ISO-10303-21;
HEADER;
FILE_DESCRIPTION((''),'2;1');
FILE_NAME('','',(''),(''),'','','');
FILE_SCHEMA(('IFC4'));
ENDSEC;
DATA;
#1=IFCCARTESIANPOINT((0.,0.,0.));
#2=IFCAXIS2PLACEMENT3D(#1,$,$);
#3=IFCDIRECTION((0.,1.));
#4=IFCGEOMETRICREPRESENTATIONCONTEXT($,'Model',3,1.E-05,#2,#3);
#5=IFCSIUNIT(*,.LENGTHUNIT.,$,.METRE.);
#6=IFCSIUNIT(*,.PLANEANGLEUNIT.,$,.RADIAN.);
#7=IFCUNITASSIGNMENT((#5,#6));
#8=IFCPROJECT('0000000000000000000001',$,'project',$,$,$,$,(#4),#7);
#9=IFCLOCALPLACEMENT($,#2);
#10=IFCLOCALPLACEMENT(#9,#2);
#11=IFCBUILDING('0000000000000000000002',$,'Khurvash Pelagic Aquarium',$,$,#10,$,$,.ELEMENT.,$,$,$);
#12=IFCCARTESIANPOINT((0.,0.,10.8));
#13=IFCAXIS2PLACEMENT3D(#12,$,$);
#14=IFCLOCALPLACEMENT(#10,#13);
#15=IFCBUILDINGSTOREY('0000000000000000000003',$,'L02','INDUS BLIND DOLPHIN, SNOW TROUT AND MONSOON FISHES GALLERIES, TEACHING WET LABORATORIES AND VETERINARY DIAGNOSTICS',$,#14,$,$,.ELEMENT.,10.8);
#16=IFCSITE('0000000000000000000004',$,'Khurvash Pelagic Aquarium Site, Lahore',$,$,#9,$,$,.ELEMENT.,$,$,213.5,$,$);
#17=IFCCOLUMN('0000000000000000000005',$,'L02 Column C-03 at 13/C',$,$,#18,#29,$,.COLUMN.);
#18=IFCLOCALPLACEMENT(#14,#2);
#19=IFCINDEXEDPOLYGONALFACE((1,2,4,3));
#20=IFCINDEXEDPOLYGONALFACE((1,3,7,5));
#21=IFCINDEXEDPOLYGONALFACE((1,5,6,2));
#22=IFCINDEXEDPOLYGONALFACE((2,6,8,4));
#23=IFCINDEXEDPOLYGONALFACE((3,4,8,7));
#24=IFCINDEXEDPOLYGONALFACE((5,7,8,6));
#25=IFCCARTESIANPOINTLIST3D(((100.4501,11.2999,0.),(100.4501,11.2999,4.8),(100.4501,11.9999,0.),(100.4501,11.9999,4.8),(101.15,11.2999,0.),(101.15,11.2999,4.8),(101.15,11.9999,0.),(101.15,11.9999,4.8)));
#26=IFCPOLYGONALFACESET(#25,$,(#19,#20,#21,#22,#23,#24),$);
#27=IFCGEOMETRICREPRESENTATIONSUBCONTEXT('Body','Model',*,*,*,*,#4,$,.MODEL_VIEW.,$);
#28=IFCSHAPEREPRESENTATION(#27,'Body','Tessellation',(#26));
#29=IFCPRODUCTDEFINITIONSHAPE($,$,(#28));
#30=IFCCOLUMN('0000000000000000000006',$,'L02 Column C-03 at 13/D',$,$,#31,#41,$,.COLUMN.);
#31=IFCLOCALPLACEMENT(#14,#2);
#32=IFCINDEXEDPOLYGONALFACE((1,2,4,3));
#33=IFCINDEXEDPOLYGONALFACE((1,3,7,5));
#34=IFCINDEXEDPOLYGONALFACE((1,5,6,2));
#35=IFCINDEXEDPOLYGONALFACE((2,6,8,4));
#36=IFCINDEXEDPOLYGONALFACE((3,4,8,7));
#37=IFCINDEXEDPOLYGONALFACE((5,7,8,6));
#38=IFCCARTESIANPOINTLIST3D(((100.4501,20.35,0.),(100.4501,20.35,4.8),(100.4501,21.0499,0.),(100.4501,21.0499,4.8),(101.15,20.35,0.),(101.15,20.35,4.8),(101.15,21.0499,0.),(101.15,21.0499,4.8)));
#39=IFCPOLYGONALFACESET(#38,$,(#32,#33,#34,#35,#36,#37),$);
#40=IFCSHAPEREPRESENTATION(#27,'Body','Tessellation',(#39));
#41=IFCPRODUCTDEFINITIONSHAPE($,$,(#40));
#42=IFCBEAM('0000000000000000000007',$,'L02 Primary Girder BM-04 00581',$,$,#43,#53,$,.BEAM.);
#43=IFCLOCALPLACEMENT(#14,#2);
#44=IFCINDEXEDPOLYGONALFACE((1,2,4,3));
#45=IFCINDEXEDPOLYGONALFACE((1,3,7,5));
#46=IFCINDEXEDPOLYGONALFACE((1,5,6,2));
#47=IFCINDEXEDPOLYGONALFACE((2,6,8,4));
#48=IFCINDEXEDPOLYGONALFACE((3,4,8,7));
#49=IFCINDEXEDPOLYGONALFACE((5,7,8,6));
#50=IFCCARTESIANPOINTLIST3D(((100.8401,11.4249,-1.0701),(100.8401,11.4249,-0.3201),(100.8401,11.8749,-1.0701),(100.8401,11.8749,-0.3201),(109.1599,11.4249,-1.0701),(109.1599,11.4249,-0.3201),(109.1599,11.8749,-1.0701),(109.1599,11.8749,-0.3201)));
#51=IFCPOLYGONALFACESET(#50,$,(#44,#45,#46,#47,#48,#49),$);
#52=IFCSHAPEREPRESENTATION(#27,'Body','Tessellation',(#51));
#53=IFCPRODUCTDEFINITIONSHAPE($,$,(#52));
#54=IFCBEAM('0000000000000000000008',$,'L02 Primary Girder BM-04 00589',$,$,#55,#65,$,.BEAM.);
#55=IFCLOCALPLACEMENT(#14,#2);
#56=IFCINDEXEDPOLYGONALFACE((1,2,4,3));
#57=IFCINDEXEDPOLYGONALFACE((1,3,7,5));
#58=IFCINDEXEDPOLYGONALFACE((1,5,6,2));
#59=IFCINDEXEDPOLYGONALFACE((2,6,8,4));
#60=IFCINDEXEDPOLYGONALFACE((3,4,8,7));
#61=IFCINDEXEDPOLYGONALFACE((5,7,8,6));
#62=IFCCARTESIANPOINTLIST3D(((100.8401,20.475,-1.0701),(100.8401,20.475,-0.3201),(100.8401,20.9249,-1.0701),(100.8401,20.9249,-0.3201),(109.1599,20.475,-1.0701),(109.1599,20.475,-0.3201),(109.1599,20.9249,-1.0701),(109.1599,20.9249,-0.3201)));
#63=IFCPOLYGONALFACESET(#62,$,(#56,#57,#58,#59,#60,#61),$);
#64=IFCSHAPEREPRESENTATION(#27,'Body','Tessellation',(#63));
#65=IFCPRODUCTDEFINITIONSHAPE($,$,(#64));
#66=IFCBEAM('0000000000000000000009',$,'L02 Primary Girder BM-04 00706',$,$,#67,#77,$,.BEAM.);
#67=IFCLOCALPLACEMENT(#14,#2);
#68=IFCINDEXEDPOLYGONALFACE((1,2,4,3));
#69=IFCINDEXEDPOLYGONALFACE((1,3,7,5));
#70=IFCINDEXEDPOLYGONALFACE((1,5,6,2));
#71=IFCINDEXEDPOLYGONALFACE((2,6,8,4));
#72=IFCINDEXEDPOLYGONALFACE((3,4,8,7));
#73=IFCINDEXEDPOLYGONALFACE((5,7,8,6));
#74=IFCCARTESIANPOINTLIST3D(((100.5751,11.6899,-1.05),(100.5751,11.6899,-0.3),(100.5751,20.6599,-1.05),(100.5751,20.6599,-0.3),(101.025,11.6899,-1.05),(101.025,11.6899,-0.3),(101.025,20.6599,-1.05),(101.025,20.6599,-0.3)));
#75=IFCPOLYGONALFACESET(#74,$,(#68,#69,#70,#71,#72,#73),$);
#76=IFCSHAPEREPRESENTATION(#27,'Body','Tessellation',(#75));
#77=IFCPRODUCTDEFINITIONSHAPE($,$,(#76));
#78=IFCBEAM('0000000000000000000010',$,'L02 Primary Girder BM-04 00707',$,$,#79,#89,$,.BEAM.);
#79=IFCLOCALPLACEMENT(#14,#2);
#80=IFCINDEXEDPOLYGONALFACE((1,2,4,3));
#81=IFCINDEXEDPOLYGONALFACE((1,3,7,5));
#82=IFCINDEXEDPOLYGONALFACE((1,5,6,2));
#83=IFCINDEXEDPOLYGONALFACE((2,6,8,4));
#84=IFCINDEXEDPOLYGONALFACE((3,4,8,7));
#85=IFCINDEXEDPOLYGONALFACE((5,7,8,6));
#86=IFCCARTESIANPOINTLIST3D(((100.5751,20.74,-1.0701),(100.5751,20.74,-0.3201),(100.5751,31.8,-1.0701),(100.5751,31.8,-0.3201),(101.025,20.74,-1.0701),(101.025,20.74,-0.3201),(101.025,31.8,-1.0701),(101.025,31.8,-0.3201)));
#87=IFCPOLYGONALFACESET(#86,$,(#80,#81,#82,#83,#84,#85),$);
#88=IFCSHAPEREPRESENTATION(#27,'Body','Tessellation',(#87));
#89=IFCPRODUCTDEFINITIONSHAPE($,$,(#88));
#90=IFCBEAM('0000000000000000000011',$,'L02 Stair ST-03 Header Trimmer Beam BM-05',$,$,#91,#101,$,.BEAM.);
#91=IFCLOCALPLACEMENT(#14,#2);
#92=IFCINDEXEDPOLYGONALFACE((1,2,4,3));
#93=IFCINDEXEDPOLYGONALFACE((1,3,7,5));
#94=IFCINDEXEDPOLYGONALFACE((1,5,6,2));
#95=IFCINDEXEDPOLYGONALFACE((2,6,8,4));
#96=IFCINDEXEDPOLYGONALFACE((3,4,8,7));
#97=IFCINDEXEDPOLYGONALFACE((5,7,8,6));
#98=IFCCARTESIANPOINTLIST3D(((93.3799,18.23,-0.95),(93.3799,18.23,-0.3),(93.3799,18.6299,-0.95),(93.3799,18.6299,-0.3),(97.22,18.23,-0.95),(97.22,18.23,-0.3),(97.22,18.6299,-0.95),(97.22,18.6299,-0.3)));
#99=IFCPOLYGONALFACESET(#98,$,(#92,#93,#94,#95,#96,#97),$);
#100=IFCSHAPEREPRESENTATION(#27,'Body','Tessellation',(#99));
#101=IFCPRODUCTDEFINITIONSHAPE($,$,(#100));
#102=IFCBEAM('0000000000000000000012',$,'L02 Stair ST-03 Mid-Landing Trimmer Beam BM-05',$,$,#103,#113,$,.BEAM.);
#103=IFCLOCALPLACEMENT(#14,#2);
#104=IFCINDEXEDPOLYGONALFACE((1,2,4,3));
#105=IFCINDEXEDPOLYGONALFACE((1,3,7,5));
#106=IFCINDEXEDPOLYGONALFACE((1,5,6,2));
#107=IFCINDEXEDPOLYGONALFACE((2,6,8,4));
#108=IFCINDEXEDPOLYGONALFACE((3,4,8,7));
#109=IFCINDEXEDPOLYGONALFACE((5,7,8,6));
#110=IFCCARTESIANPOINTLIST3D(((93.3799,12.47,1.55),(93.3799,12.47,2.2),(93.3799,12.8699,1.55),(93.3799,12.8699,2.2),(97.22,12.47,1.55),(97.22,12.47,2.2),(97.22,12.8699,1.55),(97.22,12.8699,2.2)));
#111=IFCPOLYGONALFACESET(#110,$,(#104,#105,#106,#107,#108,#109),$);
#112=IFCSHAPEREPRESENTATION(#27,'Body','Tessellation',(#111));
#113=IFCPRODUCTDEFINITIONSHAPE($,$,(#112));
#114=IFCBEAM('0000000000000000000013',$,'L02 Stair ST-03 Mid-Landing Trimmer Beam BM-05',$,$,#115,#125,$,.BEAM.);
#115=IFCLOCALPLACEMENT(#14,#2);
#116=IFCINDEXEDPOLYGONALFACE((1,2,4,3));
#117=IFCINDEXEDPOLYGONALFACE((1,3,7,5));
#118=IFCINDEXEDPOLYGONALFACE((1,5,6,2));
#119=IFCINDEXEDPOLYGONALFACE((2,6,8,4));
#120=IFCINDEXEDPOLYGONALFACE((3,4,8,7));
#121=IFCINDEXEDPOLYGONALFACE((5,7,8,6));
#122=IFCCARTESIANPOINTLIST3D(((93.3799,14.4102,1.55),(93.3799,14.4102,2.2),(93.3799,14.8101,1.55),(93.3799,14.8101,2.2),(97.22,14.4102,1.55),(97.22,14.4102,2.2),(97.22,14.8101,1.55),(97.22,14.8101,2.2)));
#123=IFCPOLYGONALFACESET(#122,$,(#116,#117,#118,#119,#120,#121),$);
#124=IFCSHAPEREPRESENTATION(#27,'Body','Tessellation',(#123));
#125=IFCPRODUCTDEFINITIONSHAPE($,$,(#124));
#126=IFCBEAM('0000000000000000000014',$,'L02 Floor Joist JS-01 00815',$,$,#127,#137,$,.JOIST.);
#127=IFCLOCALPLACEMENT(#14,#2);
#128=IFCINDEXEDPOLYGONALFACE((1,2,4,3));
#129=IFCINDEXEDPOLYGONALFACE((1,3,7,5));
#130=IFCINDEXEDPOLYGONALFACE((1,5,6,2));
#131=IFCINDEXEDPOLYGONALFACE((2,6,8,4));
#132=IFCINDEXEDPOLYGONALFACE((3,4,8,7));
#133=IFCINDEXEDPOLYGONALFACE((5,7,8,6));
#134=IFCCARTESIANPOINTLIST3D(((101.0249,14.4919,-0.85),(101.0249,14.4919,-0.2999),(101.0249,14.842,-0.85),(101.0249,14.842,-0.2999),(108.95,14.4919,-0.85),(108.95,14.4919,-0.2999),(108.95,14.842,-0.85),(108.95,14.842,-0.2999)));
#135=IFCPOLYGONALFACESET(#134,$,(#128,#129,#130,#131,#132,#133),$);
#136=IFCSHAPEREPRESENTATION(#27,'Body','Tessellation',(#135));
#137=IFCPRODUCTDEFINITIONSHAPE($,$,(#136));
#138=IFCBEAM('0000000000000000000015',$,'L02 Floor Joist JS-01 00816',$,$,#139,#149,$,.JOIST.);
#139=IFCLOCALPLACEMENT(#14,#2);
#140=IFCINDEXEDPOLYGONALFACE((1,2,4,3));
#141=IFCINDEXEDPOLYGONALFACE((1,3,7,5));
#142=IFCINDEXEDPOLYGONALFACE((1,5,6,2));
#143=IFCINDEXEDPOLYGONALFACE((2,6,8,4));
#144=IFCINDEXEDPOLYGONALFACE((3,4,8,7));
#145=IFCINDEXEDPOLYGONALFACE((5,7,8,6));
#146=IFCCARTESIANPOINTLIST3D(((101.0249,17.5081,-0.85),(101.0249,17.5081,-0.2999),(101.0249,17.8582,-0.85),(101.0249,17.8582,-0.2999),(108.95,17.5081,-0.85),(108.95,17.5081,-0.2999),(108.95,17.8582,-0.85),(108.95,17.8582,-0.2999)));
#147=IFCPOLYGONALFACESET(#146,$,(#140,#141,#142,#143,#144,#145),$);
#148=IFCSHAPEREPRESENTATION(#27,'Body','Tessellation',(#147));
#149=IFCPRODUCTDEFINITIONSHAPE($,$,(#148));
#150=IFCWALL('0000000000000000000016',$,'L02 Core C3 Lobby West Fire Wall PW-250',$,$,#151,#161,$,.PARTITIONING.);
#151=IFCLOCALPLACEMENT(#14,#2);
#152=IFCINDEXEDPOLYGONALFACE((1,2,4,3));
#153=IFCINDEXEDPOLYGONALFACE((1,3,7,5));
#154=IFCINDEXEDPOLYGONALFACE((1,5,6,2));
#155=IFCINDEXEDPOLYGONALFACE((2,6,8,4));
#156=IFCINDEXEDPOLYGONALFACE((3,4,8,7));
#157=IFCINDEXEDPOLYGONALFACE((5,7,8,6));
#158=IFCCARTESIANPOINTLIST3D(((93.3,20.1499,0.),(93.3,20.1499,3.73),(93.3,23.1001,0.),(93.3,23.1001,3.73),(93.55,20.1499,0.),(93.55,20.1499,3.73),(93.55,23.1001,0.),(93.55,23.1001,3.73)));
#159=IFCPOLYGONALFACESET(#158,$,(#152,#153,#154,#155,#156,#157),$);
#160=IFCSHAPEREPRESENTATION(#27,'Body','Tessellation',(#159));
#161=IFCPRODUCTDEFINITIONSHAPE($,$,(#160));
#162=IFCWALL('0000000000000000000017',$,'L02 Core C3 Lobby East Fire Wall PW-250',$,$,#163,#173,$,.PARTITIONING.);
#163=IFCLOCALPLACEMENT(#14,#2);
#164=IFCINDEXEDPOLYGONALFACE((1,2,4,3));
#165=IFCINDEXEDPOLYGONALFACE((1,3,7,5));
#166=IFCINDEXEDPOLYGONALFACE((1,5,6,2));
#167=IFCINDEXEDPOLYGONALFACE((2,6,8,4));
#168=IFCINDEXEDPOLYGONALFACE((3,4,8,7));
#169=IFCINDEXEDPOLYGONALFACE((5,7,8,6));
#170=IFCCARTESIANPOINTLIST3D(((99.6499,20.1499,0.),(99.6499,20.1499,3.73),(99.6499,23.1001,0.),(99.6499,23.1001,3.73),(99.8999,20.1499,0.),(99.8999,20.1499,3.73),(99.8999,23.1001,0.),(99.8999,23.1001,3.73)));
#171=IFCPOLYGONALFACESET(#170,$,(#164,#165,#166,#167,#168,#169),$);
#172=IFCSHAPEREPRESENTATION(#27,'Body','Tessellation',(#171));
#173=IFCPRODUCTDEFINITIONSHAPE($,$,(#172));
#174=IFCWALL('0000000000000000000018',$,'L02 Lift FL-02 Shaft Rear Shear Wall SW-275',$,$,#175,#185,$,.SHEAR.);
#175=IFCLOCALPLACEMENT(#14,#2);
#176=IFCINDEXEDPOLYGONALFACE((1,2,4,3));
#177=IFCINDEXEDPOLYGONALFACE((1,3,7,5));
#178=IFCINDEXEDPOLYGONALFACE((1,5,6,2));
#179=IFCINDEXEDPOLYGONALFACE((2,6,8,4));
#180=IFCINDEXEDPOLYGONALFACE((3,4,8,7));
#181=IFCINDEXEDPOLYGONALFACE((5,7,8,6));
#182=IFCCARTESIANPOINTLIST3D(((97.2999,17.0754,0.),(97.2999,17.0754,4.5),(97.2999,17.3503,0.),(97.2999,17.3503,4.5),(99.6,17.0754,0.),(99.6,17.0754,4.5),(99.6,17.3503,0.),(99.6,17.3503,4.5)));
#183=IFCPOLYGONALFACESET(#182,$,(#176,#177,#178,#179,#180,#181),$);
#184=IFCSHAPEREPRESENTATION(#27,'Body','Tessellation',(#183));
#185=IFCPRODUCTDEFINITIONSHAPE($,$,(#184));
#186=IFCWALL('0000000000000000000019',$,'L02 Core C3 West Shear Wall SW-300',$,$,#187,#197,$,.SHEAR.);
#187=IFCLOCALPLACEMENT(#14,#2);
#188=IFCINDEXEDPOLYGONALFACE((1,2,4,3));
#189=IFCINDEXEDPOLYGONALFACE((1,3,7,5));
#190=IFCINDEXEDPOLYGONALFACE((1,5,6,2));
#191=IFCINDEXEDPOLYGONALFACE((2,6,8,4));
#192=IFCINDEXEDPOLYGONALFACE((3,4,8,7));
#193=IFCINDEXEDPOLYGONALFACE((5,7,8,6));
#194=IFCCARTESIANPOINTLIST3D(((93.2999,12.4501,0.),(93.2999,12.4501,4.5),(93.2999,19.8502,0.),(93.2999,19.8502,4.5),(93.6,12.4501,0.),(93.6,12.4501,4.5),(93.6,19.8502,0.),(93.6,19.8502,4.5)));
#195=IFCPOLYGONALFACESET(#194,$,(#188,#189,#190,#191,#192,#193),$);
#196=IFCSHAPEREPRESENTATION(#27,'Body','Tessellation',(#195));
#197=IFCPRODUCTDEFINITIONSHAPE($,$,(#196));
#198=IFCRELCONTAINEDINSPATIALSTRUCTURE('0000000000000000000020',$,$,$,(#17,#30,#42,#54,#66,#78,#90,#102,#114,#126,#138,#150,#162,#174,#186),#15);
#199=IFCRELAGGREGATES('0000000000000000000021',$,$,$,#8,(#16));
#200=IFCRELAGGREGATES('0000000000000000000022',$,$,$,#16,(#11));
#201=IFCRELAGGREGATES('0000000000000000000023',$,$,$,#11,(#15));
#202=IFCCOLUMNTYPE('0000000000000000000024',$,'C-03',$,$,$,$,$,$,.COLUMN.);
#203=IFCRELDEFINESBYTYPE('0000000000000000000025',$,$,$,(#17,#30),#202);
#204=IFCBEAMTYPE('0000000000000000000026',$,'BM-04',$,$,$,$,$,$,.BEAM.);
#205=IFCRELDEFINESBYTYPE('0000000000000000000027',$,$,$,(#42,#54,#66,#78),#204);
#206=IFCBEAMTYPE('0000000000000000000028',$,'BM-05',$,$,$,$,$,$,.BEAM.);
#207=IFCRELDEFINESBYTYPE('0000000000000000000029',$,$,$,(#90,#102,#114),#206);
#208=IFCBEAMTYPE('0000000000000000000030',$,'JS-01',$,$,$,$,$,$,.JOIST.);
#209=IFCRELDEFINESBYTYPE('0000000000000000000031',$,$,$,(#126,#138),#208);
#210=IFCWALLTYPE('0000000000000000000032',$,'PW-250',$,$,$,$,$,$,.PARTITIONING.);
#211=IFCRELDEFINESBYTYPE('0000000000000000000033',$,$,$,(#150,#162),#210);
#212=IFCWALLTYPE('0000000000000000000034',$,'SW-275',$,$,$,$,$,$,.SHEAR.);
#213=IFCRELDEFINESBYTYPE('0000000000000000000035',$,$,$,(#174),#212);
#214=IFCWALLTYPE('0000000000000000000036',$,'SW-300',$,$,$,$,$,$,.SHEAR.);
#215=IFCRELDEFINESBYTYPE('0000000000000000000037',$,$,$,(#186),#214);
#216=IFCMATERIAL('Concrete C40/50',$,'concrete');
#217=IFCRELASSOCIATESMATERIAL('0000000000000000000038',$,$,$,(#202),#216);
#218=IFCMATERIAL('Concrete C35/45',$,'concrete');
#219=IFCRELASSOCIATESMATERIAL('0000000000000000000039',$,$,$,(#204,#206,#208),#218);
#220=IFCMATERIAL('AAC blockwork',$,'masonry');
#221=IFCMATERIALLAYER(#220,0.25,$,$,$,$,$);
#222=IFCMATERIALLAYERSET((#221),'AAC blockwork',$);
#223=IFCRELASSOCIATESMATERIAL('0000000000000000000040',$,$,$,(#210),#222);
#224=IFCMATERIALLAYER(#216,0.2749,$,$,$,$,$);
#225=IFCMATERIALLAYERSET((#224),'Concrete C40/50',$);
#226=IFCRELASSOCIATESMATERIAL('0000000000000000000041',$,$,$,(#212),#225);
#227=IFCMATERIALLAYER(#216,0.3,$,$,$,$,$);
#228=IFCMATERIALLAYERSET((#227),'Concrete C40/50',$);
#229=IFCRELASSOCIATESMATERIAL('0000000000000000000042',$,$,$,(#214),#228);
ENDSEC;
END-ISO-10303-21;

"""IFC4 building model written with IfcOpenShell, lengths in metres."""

from ifc_helpers import new_model, si_unit, direction, frame, frame_2d, origin, origin_2d, place, context, subcontext, project, spatial, rectangle, extrude, material, layer, layer_set, material_profile, profile_set, type_object, element, save


model = new_model("IFC4")

# Units and contexts
model_context = context("Model", 3, precision=1e-05, world=origin(), true_north=direction((0.0, 1.0)))
body_context = subcontext(model_context, "Body", "Model", "MODEL_VIEW")
ifc_project = project(units=[si_unit("LENGTHUNIT", "METRE"), si_unit("PLANEANGLEUNIT", "RADIAN")], contexts=[model_context])

# Site, building, storey
site_placement = place(None, origin())
site = spatial("IfcSite", under=ifc_project, at=site_placement, Name="Khurvash Pelagic Aquarium Site, Lahore", CompositionType="ELEMENT", RefElevation=213.5)
building_placement = place(site_placement, origin())
building = spatial("IfcBuilding", under=site, at=building_placement, Name="Khurvash Pelagic Aquarium", CompositionType="ELEMENT")
storey_placement = place(building_placement, frame((0.0, 0.0, 10.8)))
storey = spatial("IfcBuildingStorey", under=building, at=storey_placement, Name="L02", Description="INDUS BLIND DOLPHIN, SNOW TROUT AND MONSOON FISHES GALLERIES, TEACHING WET LABORATORIES AND VETERINARY DIAGNOSTICS", CompositionType="ELEMENT", Elevation=10.8)

# Columns
ifc_material_1 = material(Name="Concrete C40/50", Category="concrete")
ifc_material_profile_1 = material_profile(ifc_material_1, rectangle(XDim=0.7, YDim=0.7, at=origin_2d()), Name="RC700X700")
ifc_profile_set_1 = profile_set([ifc_material_profile_1], Name="Concrete C40/50")
column_type = type_object("IfcColumnType", Name="C-03", PredefinedType="COLUMN", material=ifc_profile_set_1)
for number, where, z_axis, x_axis, name in (
    (1, (100.8, 11.6499, 0.0), (0.0, 0.0, 1.0), (1.0, 0.0, 0.0), "L02 Column C-03 at 13/C"),
    (2, (100.8, 20.7, 0.0), (0.0, 0.0, 1.0), (1.0, 0.0, 0.0), "L02 Column C-03 at 13/D"),
):
    element("IfcColumn", number, at=place(storey_placement, frame(where, z_axis=z_axis, x_axis=x_axis)), inside=storey, type_object=column_type, Name=name, PredefinedType="COLUMN", context=body_context, shape_type="SweptSolid", body=[
        extrude(rectangle(XDim=0.7, YDim=0.7, at=origin_2d()), origin(), (0.0, 0.0, 1.0), 4.8),
    ])

# Beams
ifc_material_2 = material(Name="Concrete C35/45", Category="concrete")
ifc_material_profile_2 = material_profile(ifc_material_2, rectangle(XDim=0.45, YDim=0.75, at=origin_2d()), Name="RC450X750")
ifc_profile_set_2 = profile_set([ifc_material_profile_2], Name="Concrete C35/45")
beam_type_1 = type_object("IfcBeamType", Name="BM-04", PredefinedType="BEAM", material=ifc_profile_set_2)
for number, where, z_axis, x_axis, name in (
    (3, (100.8401, 11.6499, -0.6951), (1.0, 0.0, 0.0), (0.0, 1.0, 0.0), "L02 Primary Girder BM-04 00581"),
    (4, (100.8401, 20.7, -0.6951), (1.0, 0.0, 0.0), (0.0, 1.0, 0.0), "L02 Primary Girder BM-04 00589"),
):
    element("IfcBeam", number, at=place(storey_placement, frame(where, z_axis=z_axis, x_axis=x_axis)), inside=storey, type_object=beam_type_1, Name=name, PredefinedType="BEAM", context=body_context, shape_type="SweptSolid", body=[
        extrude(rectangle(XDim=0.45, YDim=0.75, at=origin_2d()), origin(), (0.0, 0.0, 1.0), 8.3198),
    ])
beam_1_placement = place(storey_placement, frame((100.8, 11.6899, -0.675), z_axis=(0.0, 1.0, 0.0), x_axis=(-1.0, 0.0, 0.0)))
element("IfcBeam", 5, at=beam_1_placement, inside=storey, type_object=beam_type_1, Name="L02 Primary Girder BM-04 00706", PredefinedType="BEAM", context=body_context, shape_type="SweptSolid", body=[
    extrude(rectangle(XDim=0.45, YDim=0.75, at=origin_2d()), origin(), (0.0, 0.0, 1.0), 8.97),
])
beam_2_placement = place(storey_placement, frame((100.8, 20.74, -0.6951), z_axis=(0.0, 1.0, 0.0), x_axis=(-1.0, 0.0, 0.0)))
element("IfcBeam", 6, at=beam_2_placement, inside=storey, type_object=beam_type_1, Name="L02 Primary Girder BM-04 00707", PredefinedType="BEAM", context=body_context, shape_type="SweptSolid", body=[
    extrude(rectangle(XDim=0.45, YDim=0.75, at=origin_2d()), origin(), (0.0, 0.0, 1.0), 11.0601),
])
ifc_material_profile_3 = material_profile(ifc_material_2, rectangle(XDim=0.3999, YDim=0.6499, at=origin_2d()), Name="RC400X650")
ifc_profile_set_3 = profile_set([ifc_material_profile_3], Name="Concrete C35/45")
beam_type_2 = type_object("IfcBeamType", Name="BM-05", PredefinedType="BEAM", material=ifc_profile_set_3)
for number, where, z_axis, x_axis, name in (
    (7, (93.3799, 18.4299, -0.625), (1.0, 0.0, 0.0), (0.0, 1.0, 0.0), "L02 Stair ST-03 Header Trimmer Beam BM-05"),
    (8, (93.3799, 12.6699, 1.875), (1.0, 0.0, 0.0), (0.0, 1.0, 0.0), "L02 Stair ST-03 Mid-Landing Trimmer Beam BM-05"),
    (9, (93.3799, 14.6101, 1.875), (1.0, 0.0, 0.0), (0.0, 1.0, 0.0), "L02 Stair ST-03 Mid-Landing Trimmer Beam BM-05"),
):
    element("IfcBeam", number, at=place(storey_placement, frame(where, z_axis=z_axis, x_axis=x_axis)), inside=storey, type_object=beam_type_2, Name=name, PredefinedType="BEAM", context=body_context, shape_type="SweptSolid", body=[
        extrude(rectangle(XDim=0.3999, YDim=0.6499, at=origin_2d()), origin(), (0.0, 0.0, 1.0), 3.8401),
    ])
ifc_material_profile_4 = material_profile(ifc_material_2, rectangle(XDim=0.3501, YDim=0.55, at=origin_2d()), Name="RC350X550")
ifc_profile_set_4 = profile_set([ifc_material_profile_4], Name="Concrete C35/45")
beam_type_3 = type_object("IfcBeamType", Name="JS-01", PredefinedType="JOIST", material=ifc_profile_set_4)
for number, where, z_axis, x_axis, name in (
    (10, (101.0249, 14.667, -0.575), (1.0, 0.0, 0.0), (0.0, 1.0, 0.0), "L02 Floor Joist JS-01 00815"),
    (11, (101.0249, 17.6831, -0.575), (1.0, 0.0, 0.0), (0.0, 1.0, 0.0), "L02 Floor Joist JS-01 00816"),
):
    element("IfcBeam", number, at=place(storey_placement, frame(where, z_axis=z_axis, x_axis=x_axis)), inside=storey, type_object=beam_type_3, Name=name, PredefinedType="JOIST", context=body_context, shape_type="SweptSolid", body=[
        extrude(rectangle(XDim=0.3501, YDim=0.55, at=origin_2d()), origin(), (0.0, 0.0, 1.0), 7.925),
    ])

# Walls
ifc_material_3 = material(Name="AAC blockwork", Category="masonry")
ifc_layer_1 = layer(ifc_material_3, 0.25)
ifc_layer_set_1 = layer_set([ifc_layer_1], Name="AAC blockwork")
wall_type_1 = type_object("IfcWallType", Name="PW-250", PredefinedType="PARTITIONING", material=ifc_layer_set_1)
for number, where, z_axis, x_axis, name in (
    (12, (93.425, 20.1499, 0.0), (0.0, 0.0, 1.0), (0.0, 1.0, 0.0), "L02 Core C3 Lobby West Fire Wall PW-250"),
    (13, (99.7749, 20.1499, 0.0), (0.0, 0.0, 1.0), (0.0, 1.0, 0.0), "L02 Core C3 Lobby East Fire Wall PW-250"),
):
    element("IfcWall", number, at=place(storey_placement, frame(where, z_axis=z_axis, x_axis=x_axis)), inside=storey, type_object=wall_type_1, Name=name, PredefinedType="PARTITIONING", context=body_context, shape_type="SweptSolid", body=[
        extrude(rectangle(XDim=2.9502, YDim=0.25, at=frame_2d((1.4751, 0.0))), origin(), (0.0, 0.0, 1.0), 3.73),
    ])
ifc_layer_2 = layer(ifc_material_1, 0.2749)
ifc_layer_set_2 = layer_set([ifc_layer_2], Name="Concrete C40/50")
wall_type_2 = type_object("IfcWallType", Name="SW-275", PredefinedType="SHEAR", material=ifc_layer_set_2)
wall_placement = place(storey_placement, frame((97.3, 17.2129, 0.0), z_axis=(0.0, 0.0, 1.0), x_axis=(1.0, 0.0, 0.0)))
element("IfcWall", 14, at=wall_placement, inside=storey, type_object=wall_type_2, Name="L02 Lift FL-02 Shaft Rear Shear Wall SW-275", PredefinedType="SHEAR", context=body_context, shape_type="SweptSolid", body=[
    extrude(rectangle(XDim=2.3, YDim=0.2749, at=frame_2d((1.1499, 0.0))), origin(), (0.0, 0.0, 1.0), 4.5),
])
ifc_layer_3 = layer(ifc_material_1, 0.3)
ifc_layer_set_3 = layer_set([ifc_layer_3], Name="Concrete C40/50")
wall_type_3 = type_object("IfcWallType", Name="SW-300", PredefinedType="SHEAR", material=ifc_layer_set_3)
for number, where, z_axis, x_axis, name in (
    (15, (93.45, 12.45, 0.0), (0.0, 0.0, 1.0), (0.0, 1.0, 0.0), "L02 Core C3 West Shear Wall SW-300"),
):
    element("IfcWall", number, at=place(storey_placement, frame(where, z_axis=z_axis, x_axis=x_axis)), inside=storey, type_object=wall_type_3, Name=name, PredefinedType="SHEAR", context=body_context, shape_type="SweptSolid", body=[
        extrude(rectangle(XDim=7.4001, YDim=0.3, at=frame_2d((3.7002, 0.0))), origin(), (0.0, 0.0, 1.0), 4.5),
    ])

save(model, "model.ifc")
